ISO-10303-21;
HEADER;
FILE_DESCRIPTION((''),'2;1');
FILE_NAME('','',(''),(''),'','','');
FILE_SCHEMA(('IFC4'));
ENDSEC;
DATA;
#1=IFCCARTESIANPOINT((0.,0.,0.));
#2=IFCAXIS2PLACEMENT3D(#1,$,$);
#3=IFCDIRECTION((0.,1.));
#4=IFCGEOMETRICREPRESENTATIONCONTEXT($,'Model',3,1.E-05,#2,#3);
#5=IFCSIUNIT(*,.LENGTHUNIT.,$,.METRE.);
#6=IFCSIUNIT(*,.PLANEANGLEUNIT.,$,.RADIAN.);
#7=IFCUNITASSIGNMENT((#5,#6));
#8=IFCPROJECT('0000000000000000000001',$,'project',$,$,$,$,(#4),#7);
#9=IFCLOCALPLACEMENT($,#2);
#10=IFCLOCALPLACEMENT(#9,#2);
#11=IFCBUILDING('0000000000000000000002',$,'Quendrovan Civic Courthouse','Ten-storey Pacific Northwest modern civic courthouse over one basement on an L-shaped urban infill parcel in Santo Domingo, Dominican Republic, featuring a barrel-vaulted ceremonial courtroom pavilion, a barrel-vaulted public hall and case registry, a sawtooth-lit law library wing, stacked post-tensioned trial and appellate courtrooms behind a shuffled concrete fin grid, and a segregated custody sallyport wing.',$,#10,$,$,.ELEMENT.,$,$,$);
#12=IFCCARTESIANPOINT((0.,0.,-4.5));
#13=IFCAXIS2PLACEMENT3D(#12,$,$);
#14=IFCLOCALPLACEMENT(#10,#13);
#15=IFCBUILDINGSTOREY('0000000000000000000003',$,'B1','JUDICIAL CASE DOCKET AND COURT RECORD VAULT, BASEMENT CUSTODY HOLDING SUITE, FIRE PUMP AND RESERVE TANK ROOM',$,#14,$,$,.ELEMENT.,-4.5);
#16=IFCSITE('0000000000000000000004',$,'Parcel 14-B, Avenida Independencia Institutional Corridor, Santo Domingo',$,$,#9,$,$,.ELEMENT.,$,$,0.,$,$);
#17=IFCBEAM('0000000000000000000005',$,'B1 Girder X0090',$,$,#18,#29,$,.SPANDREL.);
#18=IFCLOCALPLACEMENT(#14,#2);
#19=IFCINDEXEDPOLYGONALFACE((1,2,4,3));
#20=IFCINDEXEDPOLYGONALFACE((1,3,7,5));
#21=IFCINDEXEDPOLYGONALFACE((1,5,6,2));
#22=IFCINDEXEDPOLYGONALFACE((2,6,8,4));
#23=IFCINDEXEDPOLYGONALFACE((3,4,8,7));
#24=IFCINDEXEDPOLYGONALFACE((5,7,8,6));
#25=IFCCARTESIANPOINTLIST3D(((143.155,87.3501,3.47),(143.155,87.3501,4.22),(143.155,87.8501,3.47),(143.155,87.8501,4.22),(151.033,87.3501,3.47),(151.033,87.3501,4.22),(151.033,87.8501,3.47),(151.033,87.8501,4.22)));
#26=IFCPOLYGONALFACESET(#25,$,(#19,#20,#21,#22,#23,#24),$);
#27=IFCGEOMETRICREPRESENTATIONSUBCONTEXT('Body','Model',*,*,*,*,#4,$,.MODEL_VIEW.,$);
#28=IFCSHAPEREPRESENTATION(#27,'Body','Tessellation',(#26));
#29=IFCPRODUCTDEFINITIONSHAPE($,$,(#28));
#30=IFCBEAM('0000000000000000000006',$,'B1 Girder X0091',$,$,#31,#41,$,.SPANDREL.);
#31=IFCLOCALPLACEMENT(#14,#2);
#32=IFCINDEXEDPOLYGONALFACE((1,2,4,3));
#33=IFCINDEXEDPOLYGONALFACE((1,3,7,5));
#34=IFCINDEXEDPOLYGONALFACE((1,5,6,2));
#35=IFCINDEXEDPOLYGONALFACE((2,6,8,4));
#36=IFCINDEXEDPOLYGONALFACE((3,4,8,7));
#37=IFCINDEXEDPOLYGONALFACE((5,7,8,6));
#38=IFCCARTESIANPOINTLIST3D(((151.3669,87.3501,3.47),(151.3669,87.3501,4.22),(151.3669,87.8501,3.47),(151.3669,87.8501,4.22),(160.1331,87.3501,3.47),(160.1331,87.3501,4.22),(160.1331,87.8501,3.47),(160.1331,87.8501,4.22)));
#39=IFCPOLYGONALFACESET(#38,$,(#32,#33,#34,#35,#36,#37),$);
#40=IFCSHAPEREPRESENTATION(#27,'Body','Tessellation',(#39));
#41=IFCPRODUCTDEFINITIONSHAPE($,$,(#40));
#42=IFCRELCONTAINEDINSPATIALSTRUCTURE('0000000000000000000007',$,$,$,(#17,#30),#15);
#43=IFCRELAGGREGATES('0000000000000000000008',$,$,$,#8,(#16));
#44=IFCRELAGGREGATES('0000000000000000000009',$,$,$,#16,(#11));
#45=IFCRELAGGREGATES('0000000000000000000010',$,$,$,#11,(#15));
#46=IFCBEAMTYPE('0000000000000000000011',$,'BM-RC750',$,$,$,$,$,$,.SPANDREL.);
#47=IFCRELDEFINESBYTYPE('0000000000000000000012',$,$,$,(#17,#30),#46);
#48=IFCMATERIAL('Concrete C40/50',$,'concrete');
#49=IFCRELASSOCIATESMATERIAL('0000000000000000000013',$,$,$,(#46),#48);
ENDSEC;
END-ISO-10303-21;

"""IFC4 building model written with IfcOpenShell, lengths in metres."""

from ifc_helpers import new_model, si_unit, direction, frame, origin, origin_2d, place, context, subcontext, project, spatial, rectangle, extrude, material, material_profile, profile_set, type_object, element, save


model = new_model("IFC4")

# Units and contexts
model_context = context("Model", 3, precision=1e-05, world=origin(), true_north=direction((0.0, 1.0)))
body_context = subcontext(model_context, "Body", "Model", "MODEL_VIEW")
ifc_project = project(units=[si_unit("LENGTHUNIT", "METRE"), si_unit("PLANEANGLEUNIT", "RADIAN")], contexts=[model_context])

# Site, building, storey
site_placement = place(None, origin())
site = spatial("IfcSite", under=ifc_project, at=site_placement, Name="Parcel 14-B, Avenida Independencia Institutional Corridor, Santo Domingo", CompositionType="ELEMENT", RefElevation=0.0)
building_placement = place(site_placement, origin())
building = spatial("IfcBuilding", under=site, at=building_placement, Name="Quendrovan Civic Courthouse", Description="Ten-storey Pacific Northwest modern civic courthouse over one basement on an L-shaped urban infill parcel in Santo Domingo, Dominican Republic, featuring a barrel-vaulted ceremonial courtroom pavilion, a barrel-vaulted public hall and case registry, a sawtooth-lit law library wing, stacked post-tensioned trial and appellate courtrooms behind a shuffled concrete fin grid, and a segregated custody sallyport wing.", CompositionType="ELEMENT")
storey_placement = place(building_placement, frame((0.0, 0.0, -4.5)))
storey = spatial("IfcBuildingStorey", under=building, at=storey_placement, Name="B1", Description="JUDICIAL CASE DOCKET AND COURT RECORD VAULT, BASEMENT CUSTODY HOLDING SUITE, FIRE PUMP AND RESERVE TANK ROOM", CompositionType="ELEMENT", Elevation=-4.5)

# Beams
ifc_material_1 = material(Name="Concrete C40/50", Category="concrete")
ifc_material_profile_1 = material_profile(ifc_material_1, rectangle(XDim=0.5, YDim=0.75, at=origin_2d()), Name="RC-BM-500x750")
ifc_profile_set_1 = profile_set([ifc_material_profile_1], Name="Concrete C40/50")
beam_type = type_object("IfcBeamType", Name="BM-RC750", PredefinedType="SPANDREL", material=ifc_profile_set_1)
beam_1_placement = place(storey_placement, frame((143.155, 87.6001, 3.845), z_axis=(1.0, 0.0, 0.0), x_axis=(0.0, 1.0, 0.0)))
element("IfcBeam", 1, at=beam_1_placement, inside=storey, type_object=beam_type, Name="B1 Girder X0090", PredefinedType="SPANDREL", context=body_context, shape_type="SweptSolid", body=[
    extrude(rectangle(XDim=0.5, YDim=0.75, at=origin_2d()), origin(), (0.0, 0.0, 1.0), 7.8779),
])
beam_2_placement = place(storey_placement, frame((151.3669, 87.6001, 3.845), z_axis=(1.0, 0.0, 0.0), x_axis=(0.0, 1.0, 0.0)))
element("IfcBeam", 2, at=beam_2_placement, inside=storey, type_object=beam_type, Name="B1 Girder X0091", PredefinedType="SPANDREL", context=body_context, shape_type="SweptSolid", body=[
    extrude(rectangle(XDim=0.5, YDim=0.75, at=origin_2d()), origin(), (0.0, 0.0, 1.0), 8.7661),
])

save(model, "model.ifc")
